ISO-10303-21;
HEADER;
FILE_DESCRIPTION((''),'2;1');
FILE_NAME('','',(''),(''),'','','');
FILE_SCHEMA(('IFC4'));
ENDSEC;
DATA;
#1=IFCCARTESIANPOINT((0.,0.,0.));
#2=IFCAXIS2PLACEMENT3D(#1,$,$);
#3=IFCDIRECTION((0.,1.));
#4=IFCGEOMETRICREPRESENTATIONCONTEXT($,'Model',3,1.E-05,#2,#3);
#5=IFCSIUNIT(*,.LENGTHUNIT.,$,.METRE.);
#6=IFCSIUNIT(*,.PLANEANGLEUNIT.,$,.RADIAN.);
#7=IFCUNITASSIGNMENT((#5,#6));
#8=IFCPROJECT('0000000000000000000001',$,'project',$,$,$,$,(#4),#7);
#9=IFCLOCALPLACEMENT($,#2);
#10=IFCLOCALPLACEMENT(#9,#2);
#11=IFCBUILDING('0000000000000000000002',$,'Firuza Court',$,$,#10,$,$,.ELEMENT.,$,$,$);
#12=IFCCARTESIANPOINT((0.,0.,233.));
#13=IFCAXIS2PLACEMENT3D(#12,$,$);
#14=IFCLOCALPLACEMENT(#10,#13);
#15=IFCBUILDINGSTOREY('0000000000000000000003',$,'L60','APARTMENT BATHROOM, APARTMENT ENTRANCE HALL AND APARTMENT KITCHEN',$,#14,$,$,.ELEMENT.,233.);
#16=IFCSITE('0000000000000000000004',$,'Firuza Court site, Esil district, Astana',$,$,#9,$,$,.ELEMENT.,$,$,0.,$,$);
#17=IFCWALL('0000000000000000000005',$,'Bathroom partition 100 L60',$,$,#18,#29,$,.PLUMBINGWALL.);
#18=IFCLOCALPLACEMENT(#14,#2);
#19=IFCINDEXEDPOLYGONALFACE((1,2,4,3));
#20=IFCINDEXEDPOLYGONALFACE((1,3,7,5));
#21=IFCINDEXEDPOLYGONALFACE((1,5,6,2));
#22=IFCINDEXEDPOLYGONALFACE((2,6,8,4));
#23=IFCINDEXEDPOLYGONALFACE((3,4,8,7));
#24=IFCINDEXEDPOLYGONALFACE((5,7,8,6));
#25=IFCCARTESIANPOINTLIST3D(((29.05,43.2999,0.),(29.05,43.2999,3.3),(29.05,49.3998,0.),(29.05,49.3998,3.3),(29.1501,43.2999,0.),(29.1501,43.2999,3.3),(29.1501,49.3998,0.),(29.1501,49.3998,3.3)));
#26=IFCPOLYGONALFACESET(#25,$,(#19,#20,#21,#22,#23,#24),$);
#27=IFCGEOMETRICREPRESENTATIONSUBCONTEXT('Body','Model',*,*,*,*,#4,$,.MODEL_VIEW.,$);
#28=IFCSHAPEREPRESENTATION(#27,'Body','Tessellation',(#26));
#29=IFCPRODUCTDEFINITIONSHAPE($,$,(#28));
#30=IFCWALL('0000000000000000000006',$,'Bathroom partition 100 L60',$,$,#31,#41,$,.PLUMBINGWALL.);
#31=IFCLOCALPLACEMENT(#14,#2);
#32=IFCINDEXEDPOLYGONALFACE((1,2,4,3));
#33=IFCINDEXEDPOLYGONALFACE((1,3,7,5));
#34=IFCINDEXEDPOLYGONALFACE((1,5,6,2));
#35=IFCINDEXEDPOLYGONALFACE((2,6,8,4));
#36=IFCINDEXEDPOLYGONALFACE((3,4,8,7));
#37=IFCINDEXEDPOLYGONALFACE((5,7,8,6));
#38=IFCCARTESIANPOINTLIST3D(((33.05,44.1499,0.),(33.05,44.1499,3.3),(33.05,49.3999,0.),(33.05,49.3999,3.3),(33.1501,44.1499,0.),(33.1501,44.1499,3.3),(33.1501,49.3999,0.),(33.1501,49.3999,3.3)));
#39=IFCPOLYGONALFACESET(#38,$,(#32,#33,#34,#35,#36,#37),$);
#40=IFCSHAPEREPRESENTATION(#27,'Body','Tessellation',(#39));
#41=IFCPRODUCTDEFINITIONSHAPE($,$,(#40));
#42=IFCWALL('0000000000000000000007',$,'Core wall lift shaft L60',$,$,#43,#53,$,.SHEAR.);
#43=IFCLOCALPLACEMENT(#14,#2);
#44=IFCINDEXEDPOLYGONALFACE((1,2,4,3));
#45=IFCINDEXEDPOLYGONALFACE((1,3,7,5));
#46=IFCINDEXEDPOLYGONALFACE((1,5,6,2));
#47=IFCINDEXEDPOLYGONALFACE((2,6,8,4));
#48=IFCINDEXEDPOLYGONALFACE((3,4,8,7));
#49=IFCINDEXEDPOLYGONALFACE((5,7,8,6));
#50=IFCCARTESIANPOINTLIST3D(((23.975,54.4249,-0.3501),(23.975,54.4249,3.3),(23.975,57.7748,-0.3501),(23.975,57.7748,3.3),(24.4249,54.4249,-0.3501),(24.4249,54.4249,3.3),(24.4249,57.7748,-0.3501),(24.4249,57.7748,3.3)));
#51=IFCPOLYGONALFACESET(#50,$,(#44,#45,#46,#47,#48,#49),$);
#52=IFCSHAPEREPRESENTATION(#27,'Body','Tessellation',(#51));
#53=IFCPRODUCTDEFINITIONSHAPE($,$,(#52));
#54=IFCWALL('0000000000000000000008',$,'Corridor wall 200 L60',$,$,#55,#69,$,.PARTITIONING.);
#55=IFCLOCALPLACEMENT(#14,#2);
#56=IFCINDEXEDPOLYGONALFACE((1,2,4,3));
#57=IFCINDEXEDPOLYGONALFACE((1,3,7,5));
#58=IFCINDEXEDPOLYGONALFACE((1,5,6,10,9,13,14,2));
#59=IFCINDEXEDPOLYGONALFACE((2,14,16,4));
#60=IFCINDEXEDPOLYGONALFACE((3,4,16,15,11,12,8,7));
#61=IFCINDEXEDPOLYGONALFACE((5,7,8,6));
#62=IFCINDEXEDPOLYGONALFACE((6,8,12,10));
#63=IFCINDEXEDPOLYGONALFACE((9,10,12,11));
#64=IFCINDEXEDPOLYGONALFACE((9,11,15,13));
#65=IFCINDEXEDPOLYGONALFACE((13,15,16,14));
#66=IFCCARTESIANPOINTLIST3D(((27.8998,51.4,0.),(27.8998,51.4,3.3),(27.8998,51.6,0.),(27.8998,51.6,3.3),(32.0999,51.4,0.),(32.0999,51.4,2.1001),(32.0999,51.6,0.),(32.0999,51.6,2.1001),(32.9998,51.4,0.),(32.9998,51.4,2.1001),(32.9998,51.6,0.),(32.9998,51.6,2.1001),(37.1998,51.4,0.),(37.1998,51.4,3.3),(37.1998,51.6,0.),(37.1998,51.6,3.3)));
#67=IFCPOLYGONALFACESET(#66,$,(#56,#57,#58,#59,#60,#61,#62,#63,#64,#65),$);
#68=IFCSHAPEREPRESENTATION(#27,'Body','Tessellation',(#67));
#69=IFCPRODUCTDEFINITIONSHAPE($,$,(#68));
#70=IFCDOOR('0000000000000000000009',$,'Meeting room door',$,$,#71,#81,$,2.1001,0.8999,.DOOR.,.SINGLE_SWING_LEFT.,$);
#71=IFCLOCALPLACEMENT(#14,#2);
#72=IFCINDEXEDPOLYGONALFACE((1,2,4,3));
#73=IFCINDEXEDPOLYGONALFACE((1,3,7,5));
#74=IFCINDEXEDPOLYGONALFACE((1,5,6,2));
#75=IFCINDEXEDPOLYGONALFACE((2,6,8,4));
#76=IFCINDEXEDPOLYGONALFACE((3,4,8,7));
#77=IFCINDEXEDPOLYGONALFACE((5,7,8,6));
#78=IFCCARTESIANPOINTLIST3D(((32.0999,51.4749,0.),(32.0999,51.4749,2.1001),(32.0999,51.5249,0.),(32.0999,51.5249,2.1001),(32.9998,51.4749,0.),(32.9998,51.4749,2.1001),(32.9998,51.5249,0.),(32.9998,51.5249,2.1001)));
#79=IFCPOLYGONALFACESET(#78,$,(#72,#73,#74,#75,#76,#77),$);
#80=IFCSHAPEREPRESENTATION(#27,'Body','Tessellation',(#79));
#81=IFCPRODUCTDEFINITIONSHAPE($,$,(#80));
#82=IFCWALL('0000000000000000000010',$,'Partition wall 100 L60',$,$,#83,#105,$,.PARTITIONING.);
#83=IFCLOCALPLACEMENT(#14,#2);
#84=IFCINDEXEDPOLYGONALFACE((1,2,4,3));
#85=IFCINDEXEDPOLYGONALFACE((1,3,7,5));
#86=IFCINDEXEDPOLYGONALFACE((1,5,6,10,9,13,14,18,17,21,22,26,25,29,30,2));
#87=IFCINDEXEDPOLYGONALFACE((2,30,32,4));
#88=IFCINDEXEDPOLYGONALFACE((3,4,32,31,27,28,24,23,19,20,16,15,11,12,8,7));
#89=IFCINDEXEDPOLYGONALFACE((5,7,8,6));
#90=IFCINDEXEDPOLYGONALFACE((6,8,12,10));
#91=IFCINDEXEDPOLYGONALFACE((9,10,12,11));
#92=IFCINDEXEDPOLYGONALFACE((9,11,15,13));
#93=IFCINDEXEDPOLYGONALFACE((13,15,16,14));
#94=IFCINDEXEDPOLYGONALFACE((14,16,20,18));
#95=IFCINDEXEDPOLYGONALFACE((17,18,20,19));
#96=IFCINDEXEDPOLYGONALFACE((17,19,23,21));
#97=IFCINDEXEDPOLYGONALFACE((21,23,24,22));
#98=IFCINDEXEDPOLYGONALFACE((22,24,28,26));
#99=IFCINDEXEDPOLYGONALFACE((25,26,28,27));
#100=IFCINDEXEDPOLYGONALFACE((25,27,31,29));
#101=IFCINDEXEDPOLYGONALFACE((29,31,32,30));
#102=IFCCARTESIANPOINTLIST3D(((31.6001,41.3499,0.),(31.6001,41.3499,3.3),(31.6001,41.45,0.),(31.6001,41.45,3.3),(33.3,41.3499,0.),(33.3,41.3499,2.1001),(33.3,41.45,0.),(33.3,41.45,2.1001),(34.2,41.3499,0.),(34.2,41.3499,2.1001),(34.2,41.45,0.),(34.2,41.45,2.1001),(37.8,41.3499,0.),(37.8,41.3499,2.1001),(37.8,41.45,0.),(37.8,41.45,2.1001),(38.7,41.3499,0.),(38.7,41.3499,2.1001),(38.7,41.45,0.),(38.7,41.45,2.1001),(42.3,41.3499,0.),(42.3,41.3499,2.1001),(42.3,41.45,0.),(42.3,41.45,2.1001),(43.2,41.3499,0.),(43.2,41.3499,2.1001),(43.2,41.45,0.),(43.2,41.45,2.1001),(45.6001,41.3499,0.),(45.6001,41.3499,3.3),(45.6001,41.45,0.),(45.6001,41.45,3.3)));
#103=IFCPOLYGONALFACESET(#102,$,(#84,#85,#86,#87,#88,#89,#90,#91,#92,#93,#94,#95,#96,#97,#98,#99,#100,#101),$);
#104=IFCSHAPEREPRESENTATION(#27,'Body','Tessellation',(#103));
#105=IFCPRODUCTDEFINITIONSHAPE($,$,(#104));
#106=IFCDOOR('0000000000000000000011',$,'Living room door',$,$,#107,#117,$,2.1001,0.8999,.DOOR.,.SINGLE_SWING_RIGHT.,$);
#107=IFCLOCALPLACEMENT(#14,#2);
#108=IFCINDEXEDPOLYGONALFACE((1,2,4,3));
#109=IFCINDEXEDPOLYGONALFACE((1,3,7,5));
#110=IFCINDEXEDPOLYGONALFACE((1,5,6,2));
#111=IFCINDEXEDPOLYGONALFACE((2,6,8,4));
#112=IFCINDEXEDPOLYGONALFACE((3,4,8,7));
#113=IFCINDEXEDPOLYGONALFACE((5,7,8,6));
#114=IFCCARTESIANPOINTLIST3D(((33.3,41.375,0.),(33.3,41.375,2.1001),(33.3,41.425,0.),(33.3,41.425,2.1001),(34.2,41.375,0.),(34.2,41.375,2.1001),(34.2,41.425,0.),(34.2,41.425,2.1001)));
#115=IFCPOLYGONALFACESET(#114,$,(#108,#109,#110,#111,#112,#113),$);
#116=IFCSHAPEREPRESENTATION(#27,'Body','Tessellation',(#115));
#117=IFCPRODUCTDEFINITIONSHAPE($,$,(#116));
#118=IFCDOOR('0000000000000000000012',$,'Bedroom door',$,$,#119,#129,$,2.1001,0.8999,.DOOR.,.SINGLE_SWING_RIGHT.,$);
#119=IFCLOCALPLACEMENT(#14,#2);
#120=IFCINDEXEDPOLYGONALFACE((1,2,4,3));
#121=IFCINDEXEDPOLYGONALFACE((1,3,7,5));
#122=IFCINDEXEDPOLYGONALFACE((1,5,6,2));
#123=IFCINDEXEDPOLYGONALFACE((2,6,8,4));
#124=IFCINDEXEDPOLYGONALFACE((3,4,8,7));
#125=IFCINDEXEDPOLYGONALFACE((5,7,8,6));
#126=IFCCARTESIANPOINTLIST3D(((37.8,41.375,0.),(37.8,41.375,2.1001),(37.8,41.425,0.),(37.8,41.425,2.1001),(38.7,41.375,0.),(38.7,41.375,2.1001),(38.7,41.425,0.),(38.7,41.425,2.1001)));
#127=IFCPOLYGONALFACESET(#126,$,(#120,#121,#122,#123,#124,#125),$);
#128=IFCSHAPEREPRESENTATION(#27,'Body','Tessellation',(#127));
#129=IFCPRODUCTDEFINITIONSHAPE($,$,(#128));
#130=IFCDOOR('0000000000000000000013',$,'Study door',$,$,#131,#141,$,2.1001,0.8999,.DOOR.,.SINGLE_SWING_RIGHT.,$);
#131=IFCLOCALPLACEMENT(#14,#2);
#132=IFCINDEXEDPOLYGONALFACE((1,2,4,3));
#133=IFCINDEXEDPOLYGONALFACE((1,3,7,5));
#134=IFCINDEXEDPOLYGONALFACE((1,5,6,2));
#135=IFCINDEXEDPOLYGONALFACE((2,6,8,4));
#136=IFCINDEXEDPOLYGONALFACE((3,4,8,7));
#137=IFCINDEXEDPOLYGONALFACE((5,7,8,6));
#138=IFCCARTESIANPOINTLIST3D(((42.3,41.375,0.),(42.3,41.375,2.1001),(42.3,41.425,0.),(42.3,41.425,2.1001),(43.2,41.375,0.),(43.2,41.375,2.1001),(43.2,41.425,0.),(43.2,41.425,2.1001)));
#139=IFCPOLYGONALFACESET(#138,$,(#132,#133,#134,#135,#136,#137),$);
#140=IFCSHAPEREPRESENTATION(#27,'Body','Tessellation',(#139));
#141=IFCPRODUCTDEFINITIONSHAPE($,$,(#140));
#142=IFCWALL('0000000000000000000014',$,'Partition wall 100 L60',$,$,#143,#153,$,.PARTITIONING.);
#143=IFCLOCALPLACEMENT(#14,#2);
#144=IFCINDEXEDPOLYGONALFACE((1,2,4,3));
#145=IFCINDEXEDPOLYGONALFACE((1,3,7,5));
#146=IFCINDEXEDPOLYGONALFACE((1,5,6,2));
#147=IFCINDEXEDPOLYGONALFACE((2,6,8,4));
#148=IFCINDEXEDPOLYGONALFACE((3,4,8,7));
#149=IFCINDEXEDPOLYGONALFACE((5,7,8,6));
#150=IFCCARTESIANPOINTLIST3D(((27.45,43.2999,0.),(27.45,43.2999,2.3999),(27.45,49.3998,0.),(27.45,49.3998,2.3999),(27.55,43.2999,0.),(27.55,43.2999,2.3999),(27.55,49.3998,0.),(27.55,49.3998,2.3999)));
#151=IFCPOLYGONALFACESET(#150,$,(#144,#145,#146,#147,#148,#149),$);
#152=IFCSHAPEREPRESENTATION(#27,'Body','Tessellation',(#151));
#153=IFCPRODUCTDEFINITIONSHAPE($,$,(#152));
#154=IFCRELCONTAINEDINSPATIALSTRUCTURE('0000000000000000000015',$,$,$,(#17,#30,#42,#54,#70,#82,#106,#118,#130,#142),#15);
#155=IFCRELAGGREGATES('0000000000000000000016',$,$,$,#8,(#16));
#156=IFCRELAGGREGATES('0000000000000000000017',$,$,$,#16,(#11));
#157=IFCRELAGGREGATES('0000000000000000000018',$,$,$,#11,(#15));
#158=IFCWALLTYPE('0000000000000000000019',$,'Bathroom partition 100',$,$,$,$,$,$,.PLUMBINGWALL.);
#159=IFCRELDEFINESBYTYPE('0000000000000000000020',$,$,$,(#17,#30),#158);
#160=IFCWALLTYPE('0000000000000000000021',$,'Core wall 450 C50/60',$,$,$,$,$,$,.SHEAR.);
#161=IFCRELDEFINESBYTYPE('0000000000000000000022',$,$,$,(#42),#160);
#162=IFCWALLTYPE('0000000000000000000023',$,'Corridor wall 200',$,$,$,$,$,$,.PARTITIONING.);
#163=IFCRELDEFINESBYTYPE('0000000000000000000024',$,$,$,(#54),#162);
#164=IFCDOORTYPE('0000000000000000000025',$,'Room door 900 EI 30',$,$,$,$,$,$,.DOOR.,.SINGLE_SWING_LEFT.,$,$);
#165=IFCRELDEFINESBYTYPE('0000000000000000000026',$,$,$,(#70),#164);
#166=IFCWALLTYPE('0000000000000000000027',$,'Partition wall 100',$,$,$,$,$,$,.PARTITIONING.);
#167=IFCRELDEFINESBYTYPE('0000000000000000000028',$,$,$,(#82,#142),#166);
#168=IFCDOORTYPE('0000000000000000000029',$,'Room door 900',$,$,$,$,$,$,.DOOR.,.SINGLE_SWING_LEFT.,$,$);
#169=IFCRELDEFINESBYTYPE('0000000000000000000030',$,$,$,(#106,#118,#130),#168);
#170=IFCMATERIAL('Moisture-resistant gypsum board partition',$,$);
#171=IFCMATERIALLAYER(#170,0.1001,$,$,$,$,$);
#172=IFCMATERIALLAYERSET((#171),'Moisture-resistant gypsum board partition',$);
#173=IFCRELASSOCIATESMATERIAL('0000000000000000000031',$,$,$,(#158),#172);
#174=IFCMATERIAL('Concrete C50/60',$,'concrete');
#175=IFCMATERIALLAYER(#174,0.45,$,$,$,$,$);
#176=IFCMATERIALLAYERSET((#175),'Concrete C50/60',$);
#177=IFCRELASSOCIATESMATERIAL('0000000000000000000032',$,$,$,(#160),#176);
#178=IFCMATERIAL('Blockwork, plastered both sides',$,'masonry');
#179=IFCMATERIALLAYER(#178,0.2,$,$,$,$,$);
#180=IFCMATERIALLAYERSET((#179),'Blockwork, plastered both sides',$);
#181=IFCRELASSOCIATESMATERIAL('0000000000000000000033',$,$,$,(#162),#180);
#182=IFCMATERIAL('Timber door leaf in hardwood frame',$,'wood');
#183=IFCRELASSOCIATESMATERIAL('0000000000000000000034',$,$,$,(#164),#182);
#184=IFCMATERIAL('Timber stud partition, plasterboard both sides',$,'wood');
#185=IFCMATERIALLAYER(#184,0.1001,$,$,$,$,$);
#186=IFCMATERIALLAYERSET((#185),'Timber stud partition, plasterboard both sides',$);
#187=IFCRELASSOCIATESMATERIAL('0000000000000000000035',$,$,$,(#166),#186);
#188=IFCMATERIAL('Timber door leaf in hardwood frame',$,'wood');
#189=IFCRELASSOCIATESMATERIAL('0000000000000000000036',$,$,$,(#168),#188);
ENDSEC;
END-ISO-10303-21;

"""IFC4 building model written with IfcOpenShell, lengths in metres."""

from ifc_helpers import new_model, si_unit, direction, frame, frame_2d, origin, place, context, subcontext, project, spatial, rectangle, extrude, material, layer, layer_set, type_object, element, fill, save


model = new_model("IFC4")

# Units and contexts
model_context = context("Model", 3, precision=1e-05, world=origin(), true_north=direction((0.0, 1.0)))
body_context = subcontext(model_context, "Body", "Model", "MODEL_VIEW")
ifc_project = project(units=[si_unit("LENGTHUNIT", "METRE"), si_unit("PLANEANGLEUNIT", "RADIAN")], contexts=[model_context])

# Site, building, storey
site_placement = place(None, origin())
site = spatial("IfcSite", under=ifc_project, at=site_placement, Name="Firuza Court site, Esil district, Astana", CompositionType="ELEMENT", RefElevation=0.0)
building_placement = place(site_placement, origin())
building = spatial("IfcBuilding", under=site, at=building_placement, Name="Firuza Court", CompositionType="ELEMENT")
storey_placement = place(building_placement, frame((0.0, 0.0, 233.0)))
storey = spatial("IfcBuildingStorey", under=building, at=storey_placement, Name="L60", Description="APARTMENT BATHROOM, APARTMENT ENTRANCE HALL AND APARTMENT KITCHEN", CompositionType="ELEMENT", Elevation=233.0)

# Walls
ifc_material_1 = material(Name="Moisture-resistant gypsum board partition")
ifc_layer_1 = layer(ifc_material_1, 0.1001)
ifc_layer_set_1 = layer_set([ifc_layer_1], Name="Moisture-resistant gypsum board partition")
wall_type_1 = type_object("IfcWallType", Name="Bathroom partition 100", PredefinedType="PLUMBINGWALL", material=ifc_layer_set_1)
wall_1_placement = place(storey_placement, frame((29.1001, 43.3, 0.0), z_axis=(0.0, 0.0, 1.0), x_axis=(0.0, 1.0, 0.0)))
element("IfcWall", 1, at=wall_1_placement, inside=storey, type_object=wall_type_1, Name="Bathroom partition 100 L60", PredefinedType="PLUMBINGWALL", context=body_context, shape_type="SweptSolid", body=[
    extrude(rectangle(XDim=6.0999, YDim=0.1001, at=frame_2d((3.0498, 0.0))), origin(), (0.0, 0.0, 1.0), 3.3),
])
wall_2_placement = place(storey_placement, frame((33.1001, 44.1499, 0.0), z_axis=(0.0, 0.0, 1.0), x_axis=(0.0, 1.0, 0.0)))
element("IfcWall", 2, at=wall_2_placement, inside=storey, type_object=wall_type_1, Name="Bathroom partition 100 L60", PredefinedType="PLUMBINGWALL", context=body_context, shape_type="SweptSolid", body=[
    extrude(rectangle(XDim=5.25, YDim=0.1001, at=frame_2d((2.625, 0.0))), origin(), (0.0, 0.0, 1.0), 3.3),
])
ifc_material_2 = material(Name="Concrete C50/60", Category="concrete")
ifc_layer_2 = layer(ifc_material_2, 0.45)
ifc_layer_set_2 = layer_set([ifc_layer_2], Name="Concrete C50/60")
wall_type_2 = type_object("IfcWallType", Name="Core wall 450 C50/60", PredefinedType="SHEAR", material=ifc_layer_set_2)
wall_3_placement = place(storey_placement, frame((24.2, 54.425, -0.3501), z_axis=(0.0, 0.0, 1.0), x_axis=(0.0, 1.0, 0.0)))
element("IfcWall", 3, at=wall_3_placement, inside=storey, type_object=wall_type_2, Name="Core wall lift shaft L60", PredefinedType="SHEAR", context=body_context, shape_type="SweptSolid", body=[
    extrude(rectangle(XDim=3.3499, YDim=0.45, at=frame_2d((1.6748, 0.0))), origin(), (0.0, 0.0, 1.0), 3.6501),
])

# Wall, opening, door
ifc_material_3 = material(Name="Blockwork, plastered both sides", Category="masonry")
ifc_layer_3 = layer(ifc_material_3, 0.2)
ifc_layer_set_3 = layer_set([ifc_layer_3], Name="Blockwork, plastered both sides")
wall_type_3 = type_object("IfcWallType", Name="Corridor wall 200", PredefinedType="PARTITIONING", material=ifc_layer_set_3)
wall_4_placement = place(storey_placement, frame((27.8999, 51.5, 0.0), z_axis=(0.0, 0.0, 1.0), x_axis=(1.0, 0.0, 0.0)))
wall_4 = element("IfcWall", 4, at=wall_4_placement, inside=storey, type_object=wall_type_3, Name="Corridor wall 200 L60", PredefinedType="PARTITIONING", context=body_context, shape_type="SweptSolid", body=[
    extrude(rectangle(XDim=9.3, YDim=0.2, at=frame_2d((4.6499, 0.0))), origin(), (0.0, 0.0, 1.0), 3.3),
])
opening_1_placement = place(wall_4_placement, frame((4.2, 0.0, 0.0)))
opening_1 = element("IfcOpeningElement", 5, at=opening_1_placement, cuts=wall_4, PredefinedType="OPENING", context=body_context, shape_type="SweptSolid", body=[
    extrude(rectangle(XDim=0.8999, YDim=2.1001, at=frame_2d((0.45, 1.05))), frame((0.0, 0.1118, 0.0), z_axis=(0.0, -1.0, 0.0), x_axis=(1.0, 0.0, 0.0)), (0.0, 0.0, 1.0), 0.2239),
])
ifc_material_4 = material(Name="Timber door leaf in hardwood frame", Category="wood")
door_type_1 = type_object("IfcDoorType", Name="Room door 900 EI 30", OperationType="SINGLE_SWING_LEFT", PredefinedType="DOOR", material=ifc_material_4)
door_1_placement = place(opening_1_placement, origin())
door_1 = element("IfcDoor", 6, at=door_1_placement, inside=storey, type_object=door_type_1, Name="Meeting room door", OperationType="SINGLE_SWING_LEFT", OverallHeight=2.1001, OverallWidth=0.8999, PredefinedType="DOOR", context=body_context, shape_type="SweptSolid", body=[
    extrude(rectangle(XDim=0.8999, YDim=2.1001, at=frame_2d((0.45, 1.05))), frame((0.0, 0.0249, 0.0), z_axis=(0.0, -1.0, 0.0), x_axis=(1.0, 0.0, 0.0)), (0.0, 0.0, 1.0), 0.05),
])
fill(opening_1, door_1)

# Wall, openings, doors
ifc_material_5 = material(Name="Timber stud partition, plasterboard both sides", Category="wood")
ifc_layer_4 = layer(ifc_material_5, 0.1001)
ifc_layer_set_4 = layer_set([ifc_layer_4], Name="Timber stud partition, plasterboard both sides")
wall_type_4 = type_object("IfcWallType", Name="Partition wall 100", PredefinedType="PARTITIONING", material=ifc_layer_set_4)
wall_5_placement = place(storey_placement, frame((31.6001, 41.3999, 0.0), z_axis=(0.0, 0.0, 1.0), x_axis=(1.0, 0.0, 0.0)))
wall_5 = element("IfcWall", 7, at=wall_5_placement, inside=storey, type_object=wall_type_4, Name="Partition wall 100 L60", PredefinedType="PARTITIONING", context=body_context, shape_type="SweptSolid", body=[
    extrude(rectangle(XDim=14.0, YDim=0.1001, at=frame_2d((7.0, 0.0))), origin(), (0.0, 0.0, 1.0), 3.3),
])
opening_2_placement = place(wall_5_placement, frame((1.7, 0.0, 0.0)))
opening_2 = element("IfcOpeningElement", 8, at=opening_2_placement, cuts=wall_5, PredefinedType="OPENING", context=body_context, shape_type="SweptSolid", body=[
    extrude(rectangle(XDim=0.8999, YDim=2.1001, at=frame_2d((0.45, 1.05))), frame((0.0, 0.062, 0.0), z_axis=(0.0, -1.0, 0.0), x_axis=(1.0, 0.0, 0.0)), (0.0, 0.0, 1.0), 0.124),
])
opening_3_placement = place(wall_5_placement, frame((6.2, 0.0, 0.0)))
opening_3 = element("IfcOpeningElement", 9, at=opening_3_placement, cuts=wall_5, PredefinedType="OPENING", context=body_context, shape_type="SweptSolid", body=[
    extrude(rectangle(XDim=0.8999, YDim=2.1001, at=frame_2d((0.45, 1.05))), frame((0.0, 0.062, 0.0), z_axis=(0.0, -1.0, 0.0), x_axis=(1.0, 0.0, 0.0)), (0.0, 0.0, 1.0), 0.124),
])
opening_4_placement = place(wall_5_placement, frame((10.7, 0.0, 0.0)))
opening_4 = element("IfcOpeningElement", 10, at=opening_4_placement, cuts=wall_5, PredefinedType="OPENING", context=body_context, shape_type="SweptSolid", body=[
    extrude(rectangle(XDim=0.8999, YDim=2.1001, at=frame_2d((0.45, 1.05))), frame((0.0, 0.062, 0.0), z_axis=(0.0, -1.0, 0.0), x_axis=(1.0, 0.0, 0.0)), (0.0, 0.0, 1.0), 0.124),
])
ifc_material_6 = material(Name="Timber door leaf in hardwood frame", Category="wood")
door_type_2 = type_object("IfcDoorType", Name="Room door 900", OperationType="SINGLE_SWING_LEFT", PredefinedType="DOOR", material=ifc_material_6)
door_2_placement = place(opening_2_placement, frame((0.8999, 0.0, 0.0), z_axis=(0.0, 0.0, 1.0), x_axis=(-1.0, 0.0, 0.0)))
door_2 = element("IfcDoor", 11, at=door_2_placement, inside=storey, type_object=door_type_2, Name="Living room door", OperationType="SINGLE_SWING_RIGHT", OverallHeight=2.1001, OverallWidth=0.8999, PredefinedType="DOOR", context=body_context, shape_type="SweptSolid", body=[
    extrude(rectangle(XDim=0.8999, YDim=2.1001, at=frame_2d((0.45, 1.05))), frame((0.0, 0.0249, 0.0), z_axis=(0.0, -1.0, 0.0), x_axis=(1.0, 0.0, 0.0)), (0.0, 0.0, 1.0), 0.05),
])
fill(opening_2, door_2)
door_3_placement = place(opening_3_placement, frame((0.8999, 0.0, 0.0), z_axis=(0.0, 0.0, 1.0), x_axis=(-1.0, 0.0, 0.0)))
door_3 = element("IfcDoor", 12, at=door_3_placement, inside=storey, type_object=door_type_2, Name="Bedroom door", OperationType="SINGLE_SWING_RIGHT", OverallHeight=2.1001, OverallWidth=0.8999, PredefinedType="DOOR", context=body_context, shape_type="SweptSolid", body=[
    extrude(rectangle(XDim=0.8999, YDim=2.1001, at=frame_2d((0.45, 1.05))), frame((0.0, 0.0249, 0.0), z_axis=(0.0, -1.0, 0.0), x_axis=(1.0, 0.0, 0.0)), (0.0, 0.0, 1.0), 0.05),
])
fill(opening_3, door_3)
door_4_placement = place(opening_4_placement, frame((0.8999, 0.0, 0.0), z_axis=(0.0, 0.0, 1.0), x_axis=(-1.0, 0.0, 0.0)))
door_4 = element("IfcDoor", 13, at=door_4_placement, inside=storey, type_object=door_type_2, Name="Study door", OperationType="SINGLE_SWING_RIGHT", OverallHeight=2.1001, OverallWidth=0.8999, PredefinedType="DOOR", context=body_context, shape_type="SweptSolid", body=[
    extrude(rectangle(XDim=0.8999, YDim=2.1001, at=frame_2d((0.45, 1.05))), frame((0.0, 0.0249, 0.0), z_axis=(0.0, -1.0, 0.0), x_axis=(1.0, 0.0, 0.0)), (0.0, 0.0, 1.0), 0.05),
])
fill(opening_4, door_4)

# Wall
wall_6_placement = place(storey_placement, frame((27.5, 43.3, 0.0), z_axis=(0.0, 0.0, 1.0), x_axis=(0.0, 1.0, 0.0)))
element("IfcWall", 14, at=wall_6_placement, inside=storey, type_object=wall_type_4, Name="Partition wall 100 L60", PredefinedType="PARTITIONING", context=body_context, shape_type="SweptSolid", body=[
    extrude(rectangle(XDim=6.0999, YDim=0.1001, at=frame_2d((3.0498, 0.0))), origin(), (0.0, 0.0, 1.0), 2.3999),
])

save(model, "model.ifc")
